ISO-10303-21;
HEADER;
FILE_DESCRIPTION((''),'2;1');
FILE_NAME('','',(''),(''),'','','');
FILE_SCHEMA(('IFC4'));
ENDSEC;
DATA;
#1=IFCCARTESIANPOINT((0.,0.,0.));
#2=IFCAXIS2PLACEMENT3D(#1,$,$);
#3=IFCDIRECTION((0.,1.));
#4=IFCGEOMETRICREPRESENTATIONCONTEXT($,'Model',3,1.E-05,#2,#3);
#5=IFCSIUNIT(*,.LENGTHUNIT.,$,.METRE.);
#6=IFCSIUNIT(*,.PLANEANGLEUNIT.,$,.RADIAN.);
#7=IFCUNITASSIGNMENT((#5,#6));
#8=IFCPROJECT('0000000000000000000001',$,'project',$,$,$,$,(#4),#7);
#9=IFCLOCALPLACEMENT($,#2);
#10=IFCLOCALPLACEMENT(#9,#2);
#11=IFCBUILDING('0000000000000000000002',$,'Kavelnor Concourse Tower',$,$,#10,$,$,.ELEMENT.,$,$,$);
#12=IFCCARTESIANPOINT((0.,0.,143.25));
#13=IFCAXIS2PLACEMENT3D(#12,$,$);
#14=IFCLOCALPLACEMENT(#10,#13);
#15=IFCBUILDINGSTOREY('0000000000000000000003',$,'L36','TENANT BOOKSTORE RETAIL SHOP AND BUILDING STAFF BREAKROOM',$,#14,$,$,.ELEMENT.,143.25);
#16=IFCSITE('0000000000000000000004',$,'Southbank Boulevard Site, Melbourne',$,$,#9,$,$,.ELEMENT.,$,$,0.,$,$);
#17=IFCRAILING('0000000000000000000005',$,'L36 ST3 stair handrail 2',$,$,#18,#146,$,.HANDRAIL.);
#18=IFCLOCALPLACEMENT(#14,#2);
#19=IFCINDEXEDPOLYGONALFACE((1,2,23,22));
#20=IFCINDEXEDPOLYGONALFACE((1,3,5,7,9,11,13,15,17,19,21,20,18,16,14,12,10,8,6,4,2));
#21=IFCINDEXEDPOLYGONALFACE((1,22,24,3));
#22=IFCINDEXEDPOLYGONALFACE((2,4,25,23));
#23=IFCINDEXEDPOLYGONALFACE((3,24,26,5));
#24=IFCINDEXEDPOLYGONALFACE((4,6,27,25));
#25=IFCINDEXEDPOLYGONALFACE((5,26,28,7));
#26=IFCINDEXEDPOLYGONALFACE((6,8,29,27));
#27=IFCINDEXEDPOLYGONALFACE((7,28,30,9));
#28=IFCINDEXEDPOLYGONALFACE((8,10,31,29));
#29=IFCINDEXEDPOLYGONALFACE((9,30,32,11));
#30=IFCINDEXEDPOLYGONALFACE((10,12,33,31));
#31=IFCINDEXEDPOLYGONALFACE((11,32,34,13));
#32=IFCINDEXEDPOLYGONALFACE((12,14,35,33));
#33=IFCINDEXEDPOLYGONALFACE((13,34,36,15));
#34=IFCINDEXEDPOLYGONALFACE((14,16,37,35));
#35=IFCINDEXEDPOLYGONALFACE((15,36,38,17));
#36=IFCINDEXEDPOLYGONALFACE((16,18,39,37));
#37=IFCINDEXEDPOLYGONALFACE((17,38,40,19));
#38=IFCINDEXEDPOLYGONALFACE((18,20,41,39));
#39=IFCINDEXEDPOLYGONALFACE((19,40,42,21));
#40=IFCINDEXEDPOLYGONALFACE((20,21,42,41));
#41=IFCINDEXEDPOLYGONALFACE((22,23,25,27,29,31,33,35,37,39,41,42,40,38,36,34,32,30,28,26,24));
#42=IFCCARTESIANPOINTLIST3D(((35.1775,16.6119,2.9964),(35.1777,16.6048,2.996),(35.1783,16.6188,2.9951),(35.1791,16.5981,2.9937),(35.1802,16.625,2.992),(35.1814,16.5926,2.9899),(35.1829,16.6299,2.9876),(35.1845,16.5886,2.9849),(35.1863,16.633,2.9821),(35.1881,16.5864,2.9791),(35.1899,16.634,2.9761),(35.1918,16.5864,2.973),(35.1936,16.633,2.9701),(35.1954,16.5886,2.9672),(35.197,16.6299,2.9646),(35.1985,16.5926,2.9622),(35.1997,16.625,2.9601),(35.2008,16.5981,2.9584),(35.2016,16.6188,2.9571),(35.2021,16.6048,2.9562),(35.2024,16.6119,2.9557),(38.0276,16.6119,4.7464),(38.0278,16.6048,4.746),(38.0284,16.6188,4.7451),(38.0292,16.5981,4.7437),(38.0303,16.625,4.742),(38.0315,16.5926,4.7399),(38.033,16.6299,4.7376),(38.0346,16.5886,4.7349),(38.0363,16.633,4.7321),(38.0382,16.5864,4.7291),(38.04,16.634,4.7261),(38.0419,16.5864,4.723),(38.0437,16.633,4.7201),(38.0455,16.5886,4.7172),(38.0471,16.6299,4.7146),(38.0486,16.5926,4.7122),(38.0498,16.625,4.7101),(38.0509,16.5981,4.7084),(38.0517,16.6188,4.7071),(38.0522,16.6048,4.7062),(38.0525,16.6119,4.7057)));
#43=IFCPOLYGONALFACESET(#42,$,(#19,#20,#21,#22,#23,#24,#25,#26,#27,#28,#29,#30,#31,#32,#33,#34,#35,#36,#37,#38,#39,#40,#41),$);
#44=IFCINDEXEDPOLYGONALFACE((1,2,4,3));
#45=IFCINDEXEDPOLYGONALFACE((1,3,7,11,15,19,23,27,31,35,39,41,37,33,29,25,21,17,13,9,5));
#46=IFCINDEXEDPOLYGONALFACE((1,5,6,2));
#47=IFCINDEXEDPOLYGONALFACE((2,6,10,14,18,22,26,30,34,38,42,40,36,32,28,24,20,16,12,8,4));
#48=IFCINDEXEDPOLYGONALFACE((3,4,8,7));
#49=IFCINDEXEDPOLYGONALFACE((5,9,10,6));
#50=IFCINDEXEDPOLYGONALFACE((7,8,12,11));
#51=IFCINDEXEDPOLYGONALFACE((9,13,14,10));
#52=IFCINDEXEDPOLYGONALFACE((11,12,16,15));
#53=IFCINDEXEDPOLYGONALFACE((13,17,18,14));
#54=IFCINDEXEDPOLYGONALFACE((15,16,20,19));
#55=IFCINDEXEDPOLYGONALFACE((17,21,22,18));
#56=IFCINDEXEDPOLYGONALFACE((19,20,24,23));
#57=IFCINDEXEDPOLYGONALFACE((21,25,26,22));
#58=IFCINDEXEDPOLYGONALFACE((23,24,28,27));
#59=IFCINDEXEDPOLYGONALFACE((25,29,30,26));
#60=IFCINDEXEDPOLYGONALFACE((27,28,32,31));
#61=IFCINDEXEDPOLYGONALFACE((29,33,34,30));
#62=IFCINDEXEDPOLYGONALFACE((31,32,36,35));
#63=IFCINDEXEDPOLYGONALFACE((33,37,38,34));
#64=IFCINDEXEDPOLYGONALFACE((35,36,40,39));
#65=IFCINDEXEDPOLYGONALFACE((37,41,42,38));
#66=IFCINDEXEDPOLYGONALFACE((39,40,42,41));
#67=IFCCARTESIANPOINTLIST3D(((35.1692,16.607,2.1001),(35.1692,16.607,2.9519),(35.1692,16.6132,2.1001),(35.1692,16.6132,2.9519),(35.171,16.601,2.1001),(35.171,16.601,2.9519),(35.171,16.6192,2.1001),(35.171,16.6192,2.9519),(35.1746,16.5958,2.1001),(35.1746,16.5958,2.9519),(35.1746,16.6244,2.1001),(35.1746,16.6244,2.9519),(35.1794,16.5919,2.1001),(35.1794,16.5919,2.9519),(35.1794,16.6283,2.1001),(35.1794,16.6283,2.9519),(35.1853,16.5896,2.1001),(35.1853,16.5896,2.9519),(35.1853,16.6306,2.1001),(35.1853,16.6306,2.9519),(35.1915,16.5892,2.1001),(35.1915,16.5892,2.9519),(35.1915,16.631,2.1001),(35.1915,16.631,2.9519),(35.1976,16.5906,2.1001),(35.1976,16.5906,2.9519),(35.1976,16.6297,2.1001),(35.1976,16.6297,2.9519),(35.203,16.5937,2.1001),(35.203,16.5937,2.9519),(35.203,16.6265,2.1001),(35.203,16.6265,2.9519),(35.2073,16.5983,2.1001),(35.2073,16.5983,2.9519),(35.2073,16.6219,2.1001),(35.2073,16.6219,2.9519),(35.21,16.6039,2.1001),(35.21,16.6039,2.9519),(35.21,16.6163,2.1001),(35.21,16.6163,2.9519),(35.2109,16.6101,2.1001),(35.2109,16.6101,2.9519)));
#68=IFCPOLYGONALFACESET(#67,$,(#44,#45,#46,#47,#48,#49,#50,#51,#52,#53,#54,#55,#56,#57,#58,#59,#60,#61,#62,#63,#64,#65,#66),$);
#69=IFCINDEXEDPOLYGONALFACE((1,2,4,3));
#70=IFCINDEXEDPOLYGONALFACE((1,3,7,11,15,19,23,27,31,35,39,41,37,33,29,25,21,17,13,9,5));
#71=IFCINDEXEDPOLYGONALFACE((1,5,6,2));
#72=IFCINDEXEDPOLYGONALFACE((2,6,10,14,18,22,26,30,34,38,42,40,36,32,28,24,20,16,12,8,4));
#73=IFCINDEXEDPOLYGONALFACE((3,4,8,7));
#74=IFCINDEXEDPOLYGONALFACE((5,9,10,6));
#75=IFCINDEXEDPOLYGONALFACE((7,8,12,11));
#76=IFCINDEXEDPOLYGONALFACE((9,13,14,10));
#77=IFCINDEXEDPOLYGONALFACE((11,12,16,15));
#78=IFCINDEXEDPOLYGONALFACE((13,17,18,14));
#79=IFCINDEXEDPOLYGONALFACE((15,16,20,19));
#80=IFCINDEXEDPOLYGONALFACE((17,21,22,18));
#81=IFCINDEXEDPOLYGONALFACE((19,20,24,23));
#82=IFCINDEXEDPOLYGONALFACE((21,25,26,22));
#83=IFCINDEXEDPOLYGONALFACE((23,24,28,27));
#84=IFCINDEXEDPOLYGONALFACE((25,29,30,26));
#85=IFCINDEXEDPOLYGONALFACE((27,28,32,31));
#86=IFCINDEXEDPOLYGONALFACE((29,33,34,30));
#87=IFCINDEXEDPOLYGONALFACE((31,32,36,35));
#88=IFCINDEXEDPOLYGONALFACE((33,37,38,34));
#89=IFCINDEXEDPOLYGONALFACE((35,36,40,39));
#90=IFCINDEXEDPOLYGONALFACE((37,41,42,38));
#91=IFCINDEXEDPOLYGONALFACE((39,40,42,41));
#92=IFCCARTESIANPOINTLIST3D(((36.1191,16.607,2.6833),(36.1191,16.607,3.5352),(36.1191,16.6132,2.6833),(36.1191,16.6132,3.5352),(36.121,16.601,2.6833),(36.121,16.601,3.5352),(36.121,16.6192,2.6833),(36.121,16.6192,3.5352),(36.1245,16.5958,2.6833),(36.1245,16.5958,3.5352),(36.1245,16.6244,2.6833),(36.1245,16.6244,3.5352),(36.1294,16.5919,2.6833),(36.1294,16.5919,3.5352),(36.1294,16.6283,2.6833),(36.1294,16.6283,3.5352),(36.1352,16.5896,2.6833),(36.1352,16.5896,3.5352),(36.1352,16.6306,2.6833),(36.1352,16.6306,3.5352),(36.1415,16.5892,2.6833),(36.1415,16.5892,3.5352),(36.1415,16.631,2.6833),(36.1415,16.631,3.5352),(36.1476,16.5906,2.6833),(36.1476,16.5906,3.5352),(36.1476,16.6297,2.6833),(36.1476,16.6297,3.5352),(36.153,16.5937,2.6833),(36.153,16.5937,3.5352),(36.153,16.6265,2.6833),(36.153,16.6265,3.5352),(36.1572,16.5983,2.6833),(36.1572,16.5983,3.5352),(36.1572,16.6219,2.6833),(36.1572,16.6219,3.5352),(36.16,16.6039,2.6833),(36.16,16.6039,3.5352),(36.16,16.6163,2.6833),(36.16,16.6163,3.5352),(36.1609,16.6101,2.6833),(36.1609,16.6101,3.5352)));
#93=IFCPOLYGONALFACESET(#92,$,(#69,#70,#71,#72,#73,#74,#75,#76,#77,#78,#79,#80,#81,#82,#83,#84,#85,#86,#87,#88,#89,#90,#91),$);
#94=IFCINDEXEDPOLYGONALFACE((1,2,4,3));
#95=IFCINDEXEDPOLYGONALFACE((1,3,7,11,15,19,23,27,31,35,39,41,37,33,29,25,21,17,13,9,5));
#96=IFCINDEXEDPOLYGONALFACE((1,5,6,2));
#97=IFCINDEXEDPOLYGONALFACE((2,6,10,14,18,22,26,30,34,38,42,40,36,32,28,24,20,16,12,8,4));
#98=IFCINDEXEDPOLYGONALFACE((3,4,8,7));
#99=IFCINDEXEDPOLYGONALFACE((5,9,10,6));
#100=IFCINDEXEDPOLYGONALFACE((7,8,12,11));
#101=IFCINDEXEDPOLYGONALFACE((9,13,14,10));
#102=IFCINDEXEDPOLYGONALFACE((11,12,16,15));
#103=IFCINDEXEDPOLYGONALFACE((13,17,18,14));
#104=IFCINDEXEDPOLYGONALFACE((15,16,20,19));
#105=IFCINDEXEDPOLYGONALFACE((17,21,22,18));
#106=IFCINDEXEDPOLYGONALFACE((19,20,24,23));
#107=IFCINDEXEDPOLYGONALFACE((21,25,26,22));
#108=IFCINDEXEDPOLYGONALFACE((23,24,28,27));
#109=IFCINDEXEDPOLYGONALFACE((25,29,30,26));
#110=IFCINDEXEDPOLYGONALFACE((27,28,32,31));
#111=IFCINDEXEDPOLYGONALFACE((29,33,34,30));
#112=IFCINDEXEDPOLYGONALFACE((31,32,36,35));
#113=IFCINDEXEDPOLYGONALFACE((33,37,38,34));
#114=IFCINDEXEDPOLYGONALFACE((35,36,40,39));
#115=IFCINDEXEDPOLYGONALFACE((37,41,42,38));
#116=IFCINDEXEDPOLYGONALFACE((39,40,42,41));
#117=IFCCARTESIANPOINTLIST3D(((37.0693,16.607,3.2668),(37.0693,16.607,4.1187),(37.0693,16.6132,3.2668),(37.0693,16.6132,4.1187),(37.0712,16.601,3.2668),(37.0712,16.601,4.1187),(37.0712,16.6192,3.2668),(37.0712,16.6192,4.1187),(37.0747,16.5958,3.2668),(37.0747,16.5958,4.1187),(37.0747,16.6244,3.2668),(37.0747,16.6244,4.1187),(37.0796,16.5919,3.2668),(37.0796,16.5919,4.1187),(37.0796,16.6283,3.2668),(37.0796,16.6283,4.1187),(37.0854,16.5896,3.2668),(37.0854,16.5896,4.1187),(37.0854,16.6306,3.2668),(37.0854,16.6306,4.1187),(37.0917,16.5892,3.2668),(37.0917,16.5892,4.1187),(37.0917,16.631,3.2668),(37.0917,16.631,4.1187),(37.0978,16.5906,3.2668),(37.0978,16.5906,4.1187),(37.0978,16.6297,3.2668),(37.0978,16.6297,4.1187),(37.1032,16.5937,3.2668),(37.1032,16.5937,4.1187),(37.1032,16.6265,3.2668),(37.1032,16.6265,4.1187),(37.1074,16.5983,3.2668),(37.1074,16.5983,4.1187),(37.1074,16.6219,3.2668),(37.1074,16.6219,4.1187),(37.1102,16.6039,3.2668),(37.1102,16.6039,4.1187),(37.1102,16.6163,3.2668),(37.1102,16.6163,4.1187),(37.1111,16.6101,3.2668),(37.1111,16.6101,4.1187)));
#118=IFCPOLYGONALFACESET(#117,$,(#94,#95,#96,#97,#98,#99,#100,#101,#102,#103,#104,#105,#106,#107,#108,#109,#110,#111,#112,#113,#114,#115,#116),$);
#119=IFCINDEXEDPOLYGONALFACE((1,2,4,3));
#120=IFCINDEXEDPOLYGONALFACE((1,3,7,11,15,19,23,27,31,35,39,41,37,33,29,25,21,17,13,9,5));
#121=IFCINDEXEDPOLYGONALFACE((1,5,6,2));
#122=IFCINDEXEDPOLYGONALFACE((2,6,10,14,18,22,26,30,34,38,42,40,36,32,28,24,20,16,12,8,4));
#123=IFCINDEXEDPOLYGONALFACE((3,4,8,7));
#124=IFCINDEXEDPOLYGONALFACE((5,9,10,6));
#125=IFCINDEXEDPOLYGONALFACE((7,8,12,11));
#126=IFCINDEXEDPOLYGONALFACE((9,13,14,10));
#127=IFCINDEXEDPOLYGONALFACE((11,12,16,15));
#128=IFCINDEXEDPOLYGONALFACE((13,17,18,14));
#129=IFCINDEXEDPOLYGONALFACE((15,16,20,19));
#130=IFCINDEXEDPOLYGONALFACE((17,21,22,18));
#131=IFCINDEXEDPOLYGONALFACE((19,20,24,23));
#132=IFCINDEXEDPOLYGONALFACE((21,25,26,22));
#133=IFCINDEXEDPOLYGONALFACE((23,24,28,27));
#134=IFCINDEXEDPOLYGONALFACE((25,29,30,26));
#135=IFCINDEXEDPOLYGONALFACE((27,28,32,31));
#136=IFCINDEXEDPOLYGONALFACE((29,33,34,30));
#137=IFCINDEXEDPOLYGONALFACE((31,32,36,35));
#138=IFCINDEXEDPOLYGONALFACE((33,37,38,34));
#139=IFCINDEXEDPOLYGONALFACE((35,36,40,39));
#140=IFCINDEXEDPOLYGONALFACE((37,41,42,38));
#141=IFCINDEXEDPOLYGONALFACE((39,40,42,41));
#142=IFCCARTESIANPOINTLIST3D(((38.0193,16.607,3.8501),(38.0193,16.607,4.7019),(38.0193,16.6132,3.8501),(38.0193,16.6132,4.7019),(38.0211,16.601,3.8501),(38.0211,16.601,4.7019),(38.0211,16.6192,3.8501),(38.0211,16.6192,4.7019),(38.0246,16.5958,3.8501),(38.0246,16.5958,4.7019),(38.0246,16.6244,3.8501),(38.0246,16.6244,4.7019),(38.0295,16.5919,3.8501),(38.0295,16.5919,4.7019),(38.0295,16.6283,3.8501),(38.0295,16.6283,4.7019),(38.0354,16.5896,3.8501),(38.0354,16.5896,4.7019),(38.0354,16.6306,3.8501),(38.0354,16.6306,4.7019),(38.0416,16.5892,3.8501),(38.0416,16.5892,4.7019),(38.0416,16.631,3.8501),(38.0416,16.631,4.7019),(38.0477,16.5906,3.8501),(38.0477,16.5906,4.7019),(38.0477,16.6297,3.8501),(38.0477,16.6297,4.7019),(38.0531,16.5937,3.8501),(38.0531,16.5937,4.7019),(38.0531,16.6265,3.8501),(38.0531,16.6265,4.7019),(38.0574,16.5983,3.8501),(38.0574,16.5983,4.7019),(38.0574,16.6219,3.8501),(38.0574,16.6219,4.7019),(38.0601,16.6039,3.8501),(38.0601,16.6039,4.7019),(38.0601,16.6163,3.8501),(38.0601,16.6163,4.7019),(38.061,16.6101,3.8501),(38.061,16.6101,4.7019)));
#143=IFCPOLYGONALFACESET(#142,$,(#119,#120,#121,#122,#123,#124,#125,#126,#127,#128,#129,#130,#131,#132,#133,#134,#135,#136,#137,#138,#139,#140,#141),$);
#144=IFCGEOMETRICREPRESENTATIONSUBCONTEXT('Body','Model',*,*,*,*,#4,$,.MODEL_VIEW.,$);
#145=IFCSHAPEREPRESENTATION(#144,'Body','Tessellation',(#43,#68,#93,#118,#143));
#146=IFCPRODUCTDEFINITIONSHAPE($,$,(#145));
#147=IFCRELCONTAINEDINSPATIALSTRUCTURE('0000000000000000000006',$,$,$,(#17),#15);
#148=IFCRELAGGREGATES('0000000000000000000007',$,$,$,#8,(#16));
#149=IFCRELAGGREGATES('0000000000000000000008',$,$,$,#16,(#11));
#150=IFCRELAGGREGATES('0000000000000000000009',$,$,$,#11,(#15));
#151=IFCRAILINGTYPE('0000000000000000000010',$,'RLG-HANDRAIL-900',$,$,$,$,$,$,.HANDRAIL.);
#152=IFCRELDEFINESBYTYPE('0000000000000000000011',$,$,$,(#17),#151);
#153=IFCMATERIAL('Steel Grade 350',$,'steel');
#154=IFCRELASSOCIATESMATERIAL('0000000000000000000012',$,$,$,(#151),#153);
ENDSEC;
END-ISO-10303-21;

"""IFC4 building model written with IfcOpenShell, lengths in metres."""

from ifc_helpers import new_model, si_unit, direction, frame, origin, origin_2d, place, context, subcontext, project, spatial, circle, extrude, material, type_object, element, save


model = new_model("IFC4")

# Units and contexts
model_context = context("Model", 3, precision=1e-05, world=origin(), true_north=direction((0.0, 1.0)))
body_context = subcontext(model_context, "Body", "Model", "MODEL_VIEW")
ifc_project = project(units=[si_unit("LENGTHUNIT", "METRE"), si_unit("PLANEANGLEUNIT", "RADIAN")], contexts=[model_context])

# Site, building, storey
site_placement = place(None, origin())
site = spatial("IfcSite", under=ifc_project, at=site_placement, Name="Southbank Boulevard Site, Melbourne", CompositionType="ELEMENT", RefElevation=0.0)
building_placement = place(site_placement, origin())
building = spatial("IfcBuilding", under=site, at=building_placement, Name="Kavelnor Concourse Tower", CompositionType="ELEMENT")
storey_placement = place(building_placement, frame((0.0, 0.0, 143.25)))
storey = spatial("IfcBuildingStorey", under=building, at=storey_placement, Name="L36", Description="TENANT BOOKSTORE RETAIL SHOP AND BUILDING STAFF BREAKROOM", CompositionType="ELEMENT", Elevation=143.25)

# Shared definitions
ifc_material_1 = material(Name="Steel Grade 350", Category="steel")

# Railing
railing_type_1 = type_object("IfcRailingType", Name="RLG-HANDRAIL-900", PredefinedType="HANDRAIL", material=ifc_material_1)
railing_1_placement = place(storey_placement, frame((35.1899, 16.6101, 2.1001)))
element("IfcRailing", 1, at=railing_1_placement, inside=storey, type_object=railing_type_1, Name="L36 ST3 stair handrail 2", PredefinedType="HANDRAIL", context=body_context, shape_type="SweptSolid", body=[
    extrude(circle(Radius=0.0239, at=origin_2d()), frame((0.0, 0.0, 0.876), z_axis=(0.852179, 0.0, 0.52325), x_axis=(0.0, 1.0, 0.0)), (0.0, 0.0, 1.0), 3.3445),
    extrude(circle(Radius=0.021, at=origin_2d()), origin(), (0.0, 0.0, 1.0), 0.8518),
    extrude(circle(Radius=0.021, at=origin_2d()), frame((0.95, 0.0, 0.5833)), (0.0, 0.0, 1.0), 0.8518),
    extrude(circle(Radius=0.021, at=origin_2d()), frame((1.9001, 0.0, 1.1667)), (0.0, 0.0, 1.0), 0.8518),
    extrude(circle(Radius=0.021, at=origin_2d()), frame((2.8501, 0.0, 1.75)), (0.0, 0.0, 1.0), 0.8518),
])

save(model, "model.ifc")
